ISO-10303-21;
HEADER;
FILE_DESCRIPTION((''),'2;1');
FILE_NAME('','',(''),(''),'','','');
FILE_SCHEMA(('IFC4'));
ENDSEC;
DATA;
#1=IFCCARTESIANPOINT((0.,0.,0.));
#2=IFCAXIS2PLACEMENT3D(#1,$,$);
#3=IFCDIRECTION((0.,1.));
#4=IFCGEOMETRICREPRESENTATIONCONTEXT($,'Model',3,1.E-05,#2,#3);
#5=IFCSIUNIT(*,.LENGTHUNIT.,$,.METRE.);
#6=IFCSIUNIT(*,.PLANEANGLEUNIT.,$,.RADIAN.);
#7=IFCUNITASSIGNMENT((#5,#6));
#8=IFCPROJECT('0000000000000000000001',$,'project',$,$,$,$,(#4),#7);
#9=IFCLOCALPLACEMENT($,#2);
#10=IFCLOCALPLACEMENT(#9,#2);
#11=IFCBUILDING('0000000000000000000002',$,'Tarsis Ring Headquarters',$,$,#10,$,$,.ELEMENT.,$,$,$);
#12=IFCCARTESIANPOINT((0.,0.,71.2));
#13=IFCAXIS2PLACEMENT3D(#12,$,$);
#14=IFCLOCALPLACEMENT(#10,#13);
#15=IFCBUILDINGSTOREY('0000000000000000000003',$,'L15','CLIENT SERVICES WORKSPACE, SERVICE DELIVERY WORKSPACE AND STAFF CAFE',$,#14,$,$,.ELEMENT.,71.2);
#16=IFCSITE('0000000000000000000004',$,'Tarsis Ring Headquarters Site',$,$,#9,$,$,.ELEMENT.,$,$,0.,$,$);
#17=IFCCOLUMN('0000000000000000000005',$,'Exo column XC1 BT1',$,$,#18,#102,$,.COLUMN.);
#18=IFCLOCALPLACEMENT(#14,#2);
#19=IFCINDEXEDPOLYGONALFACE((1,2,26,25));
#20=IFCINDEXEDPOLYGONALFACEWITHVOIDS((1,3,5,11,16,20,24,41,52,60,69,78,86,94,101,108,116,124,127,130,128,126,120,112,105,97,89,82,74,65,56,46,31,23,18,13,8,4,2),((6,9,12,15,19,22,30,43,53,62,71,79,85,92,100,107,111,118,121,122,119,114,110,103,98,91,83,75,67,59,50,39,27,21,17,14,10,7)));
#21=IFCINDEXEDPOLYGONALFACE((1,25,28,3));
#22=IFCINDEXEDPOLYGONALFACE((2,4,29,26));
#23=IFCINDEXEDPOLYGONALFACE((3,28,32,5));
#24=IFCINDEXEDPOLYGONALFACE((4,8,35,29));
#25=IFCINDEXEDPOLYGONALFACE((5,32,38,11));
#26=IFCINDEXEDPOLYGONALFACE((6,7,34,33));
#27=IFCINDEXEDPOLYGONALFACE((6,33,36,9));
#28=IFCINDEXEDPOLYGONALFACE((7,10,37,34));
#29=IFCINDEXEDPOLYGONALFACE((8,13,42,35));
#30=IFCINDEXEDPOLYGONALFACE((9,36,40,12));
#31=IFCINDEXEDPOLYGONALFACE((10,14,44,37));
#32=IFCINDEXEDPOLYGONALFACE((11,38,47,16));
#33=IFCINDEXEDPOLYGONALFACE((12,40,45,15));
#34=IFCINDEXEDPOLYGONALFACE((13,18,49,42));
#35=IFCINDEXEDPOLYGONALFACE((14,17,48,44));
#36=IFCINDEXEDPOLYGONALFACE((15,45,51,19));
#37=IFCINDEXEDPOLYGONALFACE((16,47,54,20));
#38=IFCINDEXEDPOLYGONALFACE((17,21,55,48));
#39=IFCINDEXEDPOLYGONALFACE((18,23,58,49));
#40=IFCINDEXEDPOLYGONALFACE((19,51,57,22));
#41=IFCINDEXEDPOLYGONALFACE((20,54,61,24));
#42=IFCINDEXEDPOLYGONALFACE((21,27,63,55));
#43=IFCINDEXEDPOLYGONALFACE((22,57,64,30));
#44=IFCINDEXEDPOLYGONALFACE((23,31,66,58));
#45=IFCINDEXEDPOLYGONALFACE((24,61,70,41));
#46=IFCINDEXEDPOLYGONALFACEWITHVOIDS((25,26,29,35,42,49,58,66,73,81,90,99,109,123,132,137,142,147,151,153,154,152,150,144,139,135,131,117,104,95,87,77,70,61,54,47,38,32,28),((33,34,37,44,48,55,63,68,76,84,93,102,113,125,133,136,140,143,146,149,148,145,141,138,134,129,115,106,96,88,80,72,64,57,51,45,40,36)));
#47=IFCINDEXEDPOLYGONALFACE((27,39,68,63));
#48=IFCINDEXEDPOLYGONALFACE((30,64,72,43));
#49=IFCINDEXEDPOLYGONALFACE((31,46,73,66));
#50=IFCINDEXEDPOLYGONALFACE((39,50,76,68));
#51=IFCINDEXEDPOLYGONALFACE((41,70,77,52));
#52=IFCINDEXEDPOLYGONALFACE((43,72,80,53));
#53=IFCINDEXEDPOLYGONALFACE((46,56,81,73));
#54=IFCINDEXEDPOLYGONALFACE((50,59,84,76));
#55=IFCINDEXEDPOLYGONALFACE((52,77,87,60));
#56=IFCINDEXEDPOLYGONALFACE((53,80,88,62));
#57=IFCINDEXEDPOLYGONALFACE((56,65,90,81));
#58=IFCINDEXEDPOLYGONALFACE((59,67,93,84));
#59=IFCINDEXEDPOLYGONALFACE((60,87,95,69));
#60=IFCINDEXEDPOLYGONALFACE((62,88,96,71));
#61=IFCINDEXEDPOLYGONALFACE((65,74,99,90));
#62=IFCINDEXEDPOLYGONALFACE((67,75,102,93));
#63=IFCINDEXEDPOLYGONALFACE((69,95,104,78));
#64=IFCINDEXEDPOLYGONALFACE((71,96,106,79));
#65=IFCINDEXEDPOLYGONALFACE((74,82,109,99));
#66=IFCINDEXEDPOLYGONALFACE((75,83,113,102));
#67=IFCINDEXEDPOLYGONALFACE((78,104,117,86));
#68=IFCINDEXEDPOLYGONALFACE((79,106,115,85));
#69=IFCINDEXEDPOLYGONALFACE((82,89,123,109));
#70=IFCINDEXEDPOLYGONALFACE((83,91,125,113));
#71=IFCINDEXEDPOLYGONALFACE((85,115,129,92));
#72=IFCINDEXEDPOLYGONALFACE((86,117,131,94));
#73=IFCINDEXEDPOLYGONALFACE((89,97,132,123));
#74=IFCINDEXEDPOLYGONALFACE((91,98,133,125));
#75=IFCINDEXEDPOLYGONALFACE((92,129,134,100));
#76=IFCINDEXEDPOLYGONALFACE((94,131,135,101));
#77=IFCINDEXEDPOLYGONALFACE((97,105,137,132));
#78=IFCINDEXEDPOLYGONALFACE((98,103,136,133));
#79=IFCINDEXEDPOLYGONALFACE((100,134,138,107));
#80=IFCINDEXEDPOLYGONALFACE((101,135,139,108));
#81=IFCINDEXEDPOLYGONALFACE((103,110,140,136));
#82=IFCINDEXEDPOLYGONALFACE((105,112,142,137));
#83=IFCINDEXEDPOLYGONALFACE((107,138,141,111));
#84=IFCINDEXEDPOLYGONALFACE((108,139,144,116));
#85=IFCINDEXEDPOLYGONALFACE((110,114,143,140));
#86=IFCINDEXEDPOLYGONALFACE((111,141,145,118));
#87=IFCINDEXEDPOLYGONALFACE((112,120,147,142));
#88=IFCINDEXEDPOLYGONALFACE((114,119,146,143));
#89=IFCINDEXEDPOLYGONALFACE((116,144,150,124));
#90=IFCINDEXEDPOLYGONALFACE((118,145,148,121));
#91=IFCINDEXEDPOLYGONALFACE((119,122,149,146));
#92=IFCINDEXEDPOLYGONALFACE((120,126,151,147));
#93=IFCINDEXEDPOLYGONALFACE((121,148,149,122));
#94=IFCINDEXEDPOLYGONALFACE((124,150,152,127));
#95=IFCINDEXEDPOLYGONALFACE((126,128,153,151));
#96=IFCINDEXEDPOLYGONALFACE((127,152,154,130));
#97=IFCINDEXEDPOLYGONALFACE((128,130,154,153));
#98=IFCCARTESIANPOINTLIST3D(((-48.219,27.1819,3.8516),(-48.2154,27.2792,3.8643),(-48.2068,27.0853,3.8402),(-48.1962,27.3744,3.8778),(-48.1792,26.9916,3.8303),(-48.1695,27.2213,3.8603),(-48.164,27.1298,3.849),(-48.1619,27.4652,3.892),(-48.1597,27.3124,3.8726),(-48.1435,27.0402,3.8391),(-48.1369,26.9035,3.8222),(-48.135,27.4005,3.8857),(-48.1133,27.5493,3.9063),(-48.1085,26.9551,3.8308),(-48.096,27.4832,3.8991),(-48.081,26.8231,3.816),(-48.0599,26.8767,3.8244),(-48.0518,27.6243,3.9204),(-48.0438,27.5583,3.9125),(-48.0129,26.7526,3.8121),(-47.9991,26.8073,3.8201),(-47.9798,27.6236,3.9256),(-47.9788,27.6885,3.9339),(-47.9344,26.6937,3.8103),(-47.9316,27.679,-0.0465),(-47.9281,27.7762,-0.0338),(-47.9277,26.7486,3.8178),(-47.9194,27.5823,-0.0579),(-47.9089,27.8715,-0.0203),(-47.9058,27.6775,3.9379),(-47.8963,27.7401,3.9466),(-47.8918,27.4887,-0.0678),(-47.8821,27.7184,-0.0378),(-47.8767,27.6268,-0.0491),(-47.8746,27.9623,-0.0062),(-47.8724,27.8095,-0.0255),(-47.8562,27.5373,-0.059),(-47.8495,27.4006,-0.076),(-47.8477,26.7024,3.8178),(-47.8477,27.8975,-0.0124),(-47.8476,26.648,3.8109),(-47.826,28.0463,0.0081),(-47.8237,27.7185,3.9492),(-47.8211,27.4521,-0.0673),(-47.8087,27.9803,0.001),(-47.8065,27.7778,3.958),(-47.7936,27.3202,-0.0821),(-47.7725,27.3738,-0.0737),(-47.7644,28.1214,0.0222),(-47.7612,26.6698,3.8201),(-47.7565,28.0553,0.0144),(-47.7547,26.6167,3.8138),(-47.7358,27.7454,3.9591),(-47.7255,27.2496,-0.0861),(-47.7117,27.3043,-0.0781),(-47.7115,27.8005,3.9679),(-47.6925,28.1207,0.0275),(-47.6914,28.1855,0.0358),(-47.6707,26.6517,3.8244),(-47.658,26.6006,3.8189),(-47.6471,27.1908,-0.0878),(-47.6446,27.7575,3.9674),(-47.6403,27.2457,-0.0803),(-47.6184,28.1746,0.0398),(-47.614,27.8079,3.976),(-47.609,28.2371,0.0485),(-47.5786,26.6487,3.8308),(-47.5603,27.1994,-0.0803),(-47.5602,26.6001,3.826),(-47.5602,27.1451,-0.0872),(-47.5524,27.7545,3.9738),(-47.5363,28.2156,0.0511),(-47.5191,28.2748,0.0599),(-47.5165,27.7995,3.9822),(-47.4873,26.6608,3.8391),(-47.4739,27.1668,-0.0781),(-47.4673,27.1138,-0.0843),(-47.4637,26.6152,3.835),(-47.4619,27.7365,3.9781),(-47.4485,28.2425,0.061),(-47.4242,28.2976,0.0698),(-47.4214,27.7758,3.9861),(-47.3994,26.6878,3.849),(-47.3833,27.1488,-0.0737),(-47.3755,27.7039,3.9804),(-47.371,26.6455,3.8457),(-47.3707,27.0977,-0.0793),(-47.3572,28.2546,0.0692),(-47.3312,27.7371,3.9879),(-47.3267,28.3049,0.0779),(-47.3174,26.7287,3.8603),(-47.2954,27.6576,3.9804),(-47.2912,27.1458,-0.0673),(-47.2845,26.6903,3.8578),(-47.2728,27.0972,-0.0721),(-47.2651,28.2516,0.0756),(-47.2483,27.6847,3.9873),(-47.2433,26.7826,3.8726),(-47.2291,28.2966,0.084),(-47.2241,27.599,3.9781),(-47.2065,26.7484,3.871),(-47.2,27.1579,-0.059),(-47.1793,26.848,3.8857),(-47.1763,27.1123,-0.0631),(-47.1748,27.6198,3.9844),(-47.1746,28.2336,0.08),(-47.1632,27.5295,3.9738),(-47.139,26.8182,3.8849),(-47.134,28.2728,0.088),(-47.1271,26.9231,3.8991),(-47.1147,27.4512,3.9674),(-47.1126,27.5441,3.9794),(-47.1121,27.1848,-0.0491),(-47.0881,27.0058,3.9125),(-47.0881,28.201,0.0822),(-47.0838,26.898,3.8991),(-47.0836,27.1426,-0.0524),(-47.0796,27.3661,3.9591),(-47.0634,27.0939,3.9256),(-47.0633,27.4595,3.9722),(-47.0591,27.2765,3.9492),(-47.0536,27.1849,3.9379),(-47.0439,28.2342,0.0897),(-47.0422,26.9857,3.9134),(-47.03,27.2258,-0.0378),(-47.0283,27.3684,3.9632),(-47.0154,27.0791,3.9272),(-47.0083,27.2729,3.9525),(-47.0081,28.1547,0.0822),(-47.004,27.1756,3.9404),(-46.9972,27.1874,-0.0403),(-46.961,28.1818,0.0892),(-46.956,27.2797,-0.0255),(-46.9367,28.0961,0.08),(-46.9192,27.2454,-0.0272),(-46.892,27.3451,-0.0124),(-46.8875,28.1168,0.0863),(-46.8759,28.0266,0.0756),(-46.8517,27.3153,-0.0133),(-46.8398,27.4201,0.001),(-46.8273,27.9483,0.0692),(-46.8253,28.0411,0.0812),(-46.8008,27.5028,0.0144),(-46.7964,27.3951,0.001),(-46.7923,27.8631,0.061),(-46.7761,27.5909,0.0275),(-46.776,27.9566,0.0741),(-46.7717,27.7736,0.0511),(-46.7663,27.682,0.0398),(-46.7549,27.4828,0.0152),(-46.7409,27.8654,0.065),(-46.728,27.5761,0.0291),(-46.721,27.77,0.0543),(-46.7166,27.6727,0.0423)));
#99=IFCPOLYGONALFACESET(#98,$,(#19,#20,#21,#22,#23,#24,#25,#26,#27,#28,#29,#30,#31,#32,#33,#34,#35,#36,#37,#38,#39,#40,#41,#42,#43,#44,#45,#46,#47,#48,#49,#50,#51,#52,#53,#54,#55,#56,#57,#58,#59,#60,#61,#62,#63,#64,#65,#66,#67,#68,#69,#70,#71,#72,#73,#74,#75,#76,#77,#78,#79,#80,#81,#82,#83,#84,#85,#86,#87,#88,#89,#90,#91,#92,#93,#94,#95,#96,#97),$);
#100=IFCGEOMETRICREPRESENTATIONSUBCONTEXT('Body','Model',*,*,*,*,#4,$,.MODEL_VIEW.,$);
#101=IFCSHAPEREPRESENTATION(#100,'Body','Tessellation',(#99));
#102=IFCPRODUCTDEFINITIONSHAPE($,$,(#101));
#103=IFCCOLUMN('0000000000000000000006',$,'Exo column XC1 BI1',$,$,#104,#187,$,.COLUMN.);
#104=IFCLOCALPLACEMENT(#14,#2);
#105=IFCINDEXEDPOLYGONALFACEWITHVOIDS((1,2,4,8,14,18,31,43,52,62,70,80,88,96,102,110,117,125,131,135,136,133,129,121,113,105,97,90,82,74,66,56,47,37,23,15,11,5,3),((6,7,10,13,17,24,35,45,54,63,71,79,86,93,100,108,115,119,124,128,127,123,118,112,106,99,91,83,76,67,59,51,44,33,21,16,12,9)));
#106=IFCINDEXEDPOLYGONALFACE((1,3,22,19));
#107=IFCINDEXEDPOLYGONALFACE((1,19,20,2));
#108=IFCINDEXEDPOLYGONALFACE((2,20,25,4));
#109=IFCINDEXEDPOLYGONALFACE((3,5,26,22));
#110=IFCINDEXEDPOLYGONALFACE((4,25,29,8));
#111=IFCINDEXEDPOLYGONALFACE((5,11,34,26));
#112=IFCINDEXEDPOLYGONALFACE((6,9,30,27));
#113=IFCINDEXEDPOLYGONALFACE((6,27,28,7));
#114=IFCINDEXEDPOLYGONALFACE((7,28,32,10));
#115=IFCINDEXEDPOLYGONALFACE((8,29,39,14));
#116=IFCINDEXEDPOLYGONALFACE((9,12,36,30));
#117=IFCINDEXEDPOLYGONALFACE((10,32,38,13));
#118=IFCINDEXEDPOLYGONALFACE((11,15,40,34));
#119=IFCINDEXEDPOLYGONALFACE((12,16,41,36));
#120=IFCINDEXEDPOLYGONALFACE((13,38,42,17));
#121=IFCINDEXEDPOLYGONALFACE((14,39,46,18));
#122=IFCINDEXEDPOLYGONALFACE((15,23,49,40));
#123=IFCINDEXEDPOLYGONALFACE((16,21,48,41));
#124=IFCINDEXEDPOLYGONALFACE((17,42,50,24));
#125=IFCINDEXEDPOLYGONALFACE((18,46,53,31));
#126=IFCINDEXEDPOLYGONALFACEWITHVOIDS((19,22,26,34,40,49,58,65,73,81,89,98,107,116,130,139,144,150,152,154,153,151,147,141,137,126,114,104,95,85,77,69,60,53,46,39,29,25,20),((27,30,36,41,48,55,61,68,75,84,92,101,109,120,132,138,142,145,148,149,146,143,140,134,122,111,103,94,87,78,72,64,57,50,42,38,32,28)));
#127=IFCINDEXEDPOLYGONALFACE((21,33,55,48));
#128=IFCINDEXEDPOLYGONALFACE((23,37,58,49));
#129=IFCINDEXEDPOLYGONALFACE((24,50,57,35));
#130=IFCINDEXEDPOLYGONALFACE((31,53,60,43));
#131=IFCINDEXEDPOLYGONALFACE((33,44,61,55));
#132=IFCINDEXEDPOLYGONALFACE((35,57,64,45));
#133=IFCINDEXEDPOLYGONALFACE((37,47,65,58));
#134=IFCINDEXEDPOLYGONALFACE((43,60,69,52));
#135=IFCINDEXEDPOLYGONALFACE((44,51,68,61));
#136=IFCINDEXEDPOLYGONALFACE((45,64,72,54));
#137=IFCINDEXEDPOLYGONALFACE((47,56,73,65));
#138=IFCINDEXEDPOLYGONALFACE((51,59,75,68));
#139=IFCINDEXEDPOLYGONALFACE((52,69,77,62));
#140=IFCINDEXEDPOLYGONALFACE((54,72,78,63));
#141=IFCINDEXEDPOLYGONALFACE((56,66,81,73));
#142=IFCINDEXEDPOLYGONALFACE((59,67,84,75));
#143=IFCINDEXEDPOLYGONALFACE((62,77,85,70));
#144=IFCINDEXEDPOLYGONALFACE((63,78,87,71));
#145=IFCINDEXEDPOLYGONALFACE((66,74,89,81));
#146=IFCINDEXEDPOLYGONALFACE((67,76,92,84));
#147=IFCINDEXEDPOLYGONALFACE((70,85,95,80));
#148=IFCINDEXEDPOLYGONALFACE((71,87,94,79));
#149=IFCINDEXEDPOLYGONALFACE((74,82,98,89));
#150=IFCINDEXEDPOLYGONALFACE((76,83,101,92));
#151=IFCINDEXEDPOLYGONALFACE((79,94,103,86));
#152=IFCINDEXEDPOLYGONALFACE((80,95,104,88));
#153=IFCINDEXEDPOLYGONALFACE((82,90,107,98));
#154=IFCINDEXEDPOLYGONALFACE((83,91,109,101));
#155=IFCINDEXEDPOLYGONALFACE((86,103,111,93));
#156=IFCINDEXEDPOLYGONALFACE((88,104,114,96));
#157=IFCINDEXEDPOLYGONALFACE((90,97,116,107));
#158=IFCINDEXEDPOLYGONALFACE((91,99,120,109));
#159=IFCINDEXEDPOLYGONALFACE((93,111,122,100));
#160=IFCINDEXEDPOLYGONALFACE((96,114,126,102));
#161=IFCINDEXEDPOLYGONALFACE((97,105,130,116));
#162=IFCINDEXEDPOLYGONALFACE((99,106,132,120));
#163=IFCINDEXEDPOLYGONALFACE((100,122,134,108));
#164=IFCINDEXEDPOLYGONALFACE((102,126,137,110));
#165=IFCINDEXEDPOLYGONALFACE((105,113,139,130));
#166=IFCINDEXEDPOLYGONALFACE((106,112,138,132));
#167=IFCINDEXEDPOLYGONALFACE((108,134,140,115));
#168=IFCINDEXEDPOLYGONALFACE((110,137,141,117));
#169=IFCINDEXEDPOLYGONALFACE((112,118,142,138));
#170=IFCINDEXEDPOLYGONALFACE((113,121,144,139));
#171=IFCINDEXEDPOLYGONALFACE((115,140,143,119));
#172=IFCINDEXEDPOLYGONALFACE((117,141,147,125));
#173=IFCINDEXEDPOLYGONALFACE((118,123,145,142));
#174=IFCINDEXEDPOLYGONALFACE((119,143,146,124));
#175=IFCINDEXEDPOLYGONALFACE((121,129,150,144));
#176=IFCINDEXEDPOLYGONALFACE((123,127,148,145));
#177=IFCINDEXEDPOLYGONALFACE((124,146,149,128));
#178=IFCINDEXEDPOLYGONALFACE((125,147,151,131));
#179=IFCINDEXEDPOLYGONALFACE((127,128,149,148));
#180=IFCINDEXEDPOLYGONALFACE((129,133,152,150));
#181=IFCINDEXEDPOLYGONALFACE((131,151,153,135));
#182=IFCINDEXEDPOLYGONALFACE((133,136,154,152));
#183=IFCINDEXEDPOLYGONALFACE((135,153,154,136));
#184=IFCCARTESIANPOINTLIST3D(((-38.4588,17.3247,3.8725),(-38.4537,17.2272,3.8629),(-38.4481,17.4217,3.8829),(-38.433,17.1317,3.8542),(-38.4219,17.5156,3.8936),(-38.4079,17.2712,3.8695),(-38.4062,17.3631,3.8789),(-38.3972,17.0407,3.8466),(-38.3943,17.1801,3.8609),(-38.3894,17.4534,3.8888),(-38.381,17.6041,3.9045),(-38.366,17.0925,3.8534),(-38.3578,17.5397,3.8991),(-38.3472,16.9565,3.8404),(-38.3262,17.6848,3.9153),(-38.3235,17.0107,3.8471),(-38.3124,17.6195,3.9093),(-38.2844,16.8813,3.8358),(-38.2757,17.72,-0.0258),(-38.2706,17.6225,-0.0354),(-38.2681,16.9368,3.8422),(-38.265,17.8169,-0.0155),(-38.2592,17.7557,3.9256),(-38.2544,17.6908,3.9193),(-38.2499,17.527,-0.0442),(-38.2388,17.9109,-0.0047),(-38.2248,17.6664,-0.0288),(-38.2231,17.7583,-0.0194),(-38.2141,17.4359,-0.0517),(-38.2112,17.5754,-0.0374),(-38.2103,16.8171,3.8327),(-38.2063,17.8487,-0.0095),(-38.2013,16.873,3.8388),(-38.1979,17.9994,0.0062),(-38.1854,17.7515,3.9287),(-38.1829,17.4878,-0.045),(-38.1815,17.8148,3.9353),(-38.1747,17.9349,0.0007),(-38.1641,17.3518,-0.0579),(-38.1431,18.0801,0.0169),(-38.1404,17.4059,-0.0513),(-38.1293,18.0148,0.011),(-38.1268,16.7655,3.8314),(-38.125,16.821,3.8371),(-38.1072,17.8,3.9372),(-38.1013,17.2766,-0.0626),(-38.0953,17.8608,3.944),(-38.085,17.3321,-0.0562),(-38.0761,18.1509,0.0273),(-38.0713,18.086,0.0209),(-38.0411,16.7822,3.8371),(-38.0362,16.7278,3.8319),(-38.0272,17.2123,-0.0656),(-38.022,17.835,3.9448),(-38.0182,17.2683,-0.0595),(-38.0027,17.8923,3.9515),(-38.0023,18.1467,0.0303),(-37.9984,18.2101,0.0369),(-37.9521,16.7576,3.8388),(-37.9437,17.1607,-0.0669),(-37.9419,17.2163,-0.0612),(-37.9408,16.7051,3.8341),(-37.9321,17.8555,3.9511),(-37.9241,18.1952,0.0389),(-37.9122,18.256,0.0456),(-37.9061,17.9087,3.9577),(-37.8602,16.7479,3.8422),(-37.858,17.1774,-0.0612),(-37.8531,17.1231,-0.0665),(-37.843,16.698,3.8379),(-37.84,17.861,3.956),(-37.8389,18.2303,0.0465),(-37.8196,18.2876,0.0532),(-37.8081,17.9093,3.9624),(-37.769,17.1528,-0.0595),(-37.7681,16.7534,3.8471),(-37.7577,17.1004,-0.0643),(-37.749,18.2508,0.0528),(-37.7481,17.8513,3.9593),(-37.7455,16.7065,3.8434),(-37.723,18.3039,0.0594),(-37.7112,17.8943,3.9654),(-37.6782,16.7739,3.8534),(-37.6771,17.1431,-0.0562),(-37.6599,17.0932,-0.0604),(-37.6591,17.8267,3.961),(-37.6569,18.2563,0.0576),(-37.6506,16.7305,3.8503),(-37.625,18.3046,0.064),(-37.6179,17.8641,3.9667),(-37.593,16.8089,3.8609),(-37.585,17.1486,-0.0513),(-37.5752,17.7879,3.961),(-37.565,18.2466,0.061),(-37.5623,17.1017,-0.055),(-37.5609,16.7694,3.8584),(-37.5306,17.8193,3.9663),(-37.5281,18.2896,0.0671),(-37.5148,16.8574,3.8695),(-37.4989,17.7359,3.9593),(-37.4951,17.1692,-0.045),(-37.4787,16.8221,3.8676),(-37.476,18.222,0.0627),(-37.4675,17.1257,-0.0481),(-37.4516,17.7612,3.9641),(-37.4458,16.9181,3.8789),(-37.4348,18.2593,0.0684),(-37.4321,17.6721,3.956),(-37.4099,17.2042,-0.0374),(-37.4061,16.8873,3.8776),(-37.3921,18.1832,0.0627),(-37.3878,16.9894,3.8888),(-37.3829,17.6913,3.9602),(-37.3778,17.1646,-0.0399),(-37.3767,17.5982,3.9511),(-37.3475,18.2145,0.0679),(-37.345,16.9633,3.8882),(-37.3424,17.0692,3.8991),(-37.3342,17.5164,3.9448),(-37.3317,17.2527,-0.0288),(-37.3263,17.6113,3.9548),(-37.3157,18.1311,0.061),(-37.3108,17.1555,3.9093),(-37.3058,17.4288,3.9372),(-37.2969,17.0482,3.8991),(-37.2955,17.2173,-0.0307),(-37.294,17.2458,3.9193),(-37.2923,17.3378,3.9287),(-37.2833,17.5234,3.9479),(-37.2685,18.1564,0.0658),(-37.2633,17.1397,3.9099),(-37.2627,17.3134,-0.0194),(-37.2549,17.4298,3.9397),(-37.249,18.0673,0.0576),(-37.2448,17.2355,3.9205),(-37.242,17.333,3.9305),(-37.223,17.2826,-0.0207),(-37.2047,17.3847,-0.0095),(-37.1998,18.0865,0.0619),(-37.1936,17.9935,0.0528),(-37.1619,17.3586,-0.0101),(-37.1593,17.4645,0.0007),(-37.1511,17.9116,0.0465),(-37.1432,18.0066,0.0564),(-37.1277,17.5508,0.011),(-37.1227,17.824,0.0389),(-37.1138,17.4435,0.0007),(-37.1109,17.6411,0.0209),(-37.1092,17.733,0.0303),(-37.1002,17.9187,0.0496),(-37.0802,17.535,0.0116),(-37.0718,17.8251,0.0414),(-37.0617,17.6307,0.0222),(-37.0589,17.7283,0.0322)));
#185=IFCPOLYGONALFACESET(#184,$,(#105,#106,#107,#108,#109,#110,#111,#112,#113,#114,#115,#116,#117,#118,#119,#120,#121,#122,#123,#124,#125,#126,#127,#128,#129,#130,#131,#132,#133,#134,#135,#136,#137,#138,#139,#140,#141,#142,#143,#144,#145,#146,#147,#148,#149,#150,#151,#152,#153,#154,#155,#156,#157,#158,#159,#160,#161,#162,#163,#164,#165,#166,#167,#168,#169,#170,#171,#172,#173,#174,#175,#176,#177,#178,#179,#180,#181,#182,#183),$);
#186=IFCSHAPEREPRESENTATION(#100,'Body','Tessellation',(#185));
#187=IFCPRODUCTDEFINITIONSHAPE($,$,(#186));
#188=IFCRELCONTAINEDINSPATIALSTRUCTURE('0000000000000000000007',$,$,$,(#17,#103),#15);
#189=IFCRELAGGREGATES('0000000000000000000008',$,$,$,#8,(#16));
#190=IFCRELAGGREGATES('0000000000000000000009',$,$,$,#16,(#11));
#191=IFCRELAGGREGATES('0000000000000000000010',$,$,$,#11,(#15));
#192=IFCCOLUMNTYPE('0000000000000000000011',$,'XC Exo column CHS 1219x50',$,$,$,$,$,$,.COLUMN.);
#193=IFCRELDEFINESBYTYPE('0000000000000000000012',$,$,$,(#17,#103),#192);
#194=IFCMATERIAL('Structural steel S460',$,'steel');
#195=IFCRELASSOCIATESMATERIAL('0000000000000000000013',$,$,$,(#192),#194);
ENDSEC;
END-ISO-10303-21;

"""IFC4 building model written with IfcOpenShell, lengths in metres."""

from ifc_helpers import new_model, si_unit, direction, frame, origin, origin_2d, place, context, subcontext, project, spatial, hollow_circle, extrude, material, material_profile, profile_set, type_object, element, save


model = new_model("IFC4")

# Units and contexts
model_context = context("Model", 3, precision=1e-05, world=origin(), true_north=direction((0.0, 1.0)))
body_context = subcontext(model_context, "Body", "Model", "MODEL_VIEW")
ifc_project = project(units=[si_unit("LENGTHUNIT", "METRE"), si_unit("PLANEANGLEUNIT", "RADIAN")], contexts=[model_context])

# Site, building, storey
site_placement = place(None, origin())
site = spatial("IfcSite", under=ifc_project, at=site_placement, Name="Tarsis Ring Headquarters Site", CompositionType="ELEMENT", RefElevation=0.0)
building_placement = place(site_placement, origin())
building = spatial("IfcBuilding", under=site, at=building_placement, Name="Tarsis Ring Headquarters", CompositionType="ELEMENT")
storey_placement = place(building_placement, frame((0.0, 0.0, 71.2)))
storey = spatial("IfcBuildingStorey", under=building, at=storey_placement, Name="L15", Description="CLIENT SERVICES WORKSPACE, SERVICE DELIVERY WORKSPACE AND STAFF CAFE", CompositionType="ELEMENT", Elevation=71.2)

# Columns
ifc_material_1 = material(Name="Structural steel S460", Category="steel")
ifc_material_profile_1 = material_profile(ifc_material_1, hollow_circle(Radius=0.6096, WallThickness=0.05, at=origin_2d()), Name="CHS 1219x50")
ifc_profile_set_1 = profile_set([ifc_material_profile_1], Name="Structural steel S460")
column_type = type_object("IfcColumnType", Name="XC Exo column CHS 1219x50", PredefinedType="COLUMN", material=ifc_profile_set_1)
column_1_placement = place(storey_placement, frame((-47.3242, 27.7002, 0.001), z_axis=(-0.072928, -0.126152, 0.989327), x_axis=(0.865746, -0.500483, 0.0)))
element("IfcColumn", 1, at=column_1_placement, inside=storey, type_object=column_type, Name="Exo column XC1 BT1", PredefinedType="COLUMN", context=body_context, shape_type="SweptSolid", body=[
    extrude(hollow_circle(Radius=0.6096, WallThickness=0.05, at=origin_2d()), origin(), (0.0, 0.0, 1.0), 3.9402),
])
column_2_placement = place(storey_placement, frame((-37.667, 17.6997, 0.0007), z_axis=(-0.046678, -0.100763, 0.993815), x_axis=(0.907368, -0.420337, 0.0)))
element("IfcColumn", 2, at=column_2_placement, inside=storey, type_object=column_type, Name="Exo column XC1 BI1", PredefinedType="COLUMN", context=body_context, shape_type="SweptSolid", body=[
    extrude(hollow_circle(Radius=0.6096, WallThickness=0.05, at=origin_2d()), origin(), (0.0, 0.0, 1.0), 3.9226),
])

save(model, "model.ifc")
